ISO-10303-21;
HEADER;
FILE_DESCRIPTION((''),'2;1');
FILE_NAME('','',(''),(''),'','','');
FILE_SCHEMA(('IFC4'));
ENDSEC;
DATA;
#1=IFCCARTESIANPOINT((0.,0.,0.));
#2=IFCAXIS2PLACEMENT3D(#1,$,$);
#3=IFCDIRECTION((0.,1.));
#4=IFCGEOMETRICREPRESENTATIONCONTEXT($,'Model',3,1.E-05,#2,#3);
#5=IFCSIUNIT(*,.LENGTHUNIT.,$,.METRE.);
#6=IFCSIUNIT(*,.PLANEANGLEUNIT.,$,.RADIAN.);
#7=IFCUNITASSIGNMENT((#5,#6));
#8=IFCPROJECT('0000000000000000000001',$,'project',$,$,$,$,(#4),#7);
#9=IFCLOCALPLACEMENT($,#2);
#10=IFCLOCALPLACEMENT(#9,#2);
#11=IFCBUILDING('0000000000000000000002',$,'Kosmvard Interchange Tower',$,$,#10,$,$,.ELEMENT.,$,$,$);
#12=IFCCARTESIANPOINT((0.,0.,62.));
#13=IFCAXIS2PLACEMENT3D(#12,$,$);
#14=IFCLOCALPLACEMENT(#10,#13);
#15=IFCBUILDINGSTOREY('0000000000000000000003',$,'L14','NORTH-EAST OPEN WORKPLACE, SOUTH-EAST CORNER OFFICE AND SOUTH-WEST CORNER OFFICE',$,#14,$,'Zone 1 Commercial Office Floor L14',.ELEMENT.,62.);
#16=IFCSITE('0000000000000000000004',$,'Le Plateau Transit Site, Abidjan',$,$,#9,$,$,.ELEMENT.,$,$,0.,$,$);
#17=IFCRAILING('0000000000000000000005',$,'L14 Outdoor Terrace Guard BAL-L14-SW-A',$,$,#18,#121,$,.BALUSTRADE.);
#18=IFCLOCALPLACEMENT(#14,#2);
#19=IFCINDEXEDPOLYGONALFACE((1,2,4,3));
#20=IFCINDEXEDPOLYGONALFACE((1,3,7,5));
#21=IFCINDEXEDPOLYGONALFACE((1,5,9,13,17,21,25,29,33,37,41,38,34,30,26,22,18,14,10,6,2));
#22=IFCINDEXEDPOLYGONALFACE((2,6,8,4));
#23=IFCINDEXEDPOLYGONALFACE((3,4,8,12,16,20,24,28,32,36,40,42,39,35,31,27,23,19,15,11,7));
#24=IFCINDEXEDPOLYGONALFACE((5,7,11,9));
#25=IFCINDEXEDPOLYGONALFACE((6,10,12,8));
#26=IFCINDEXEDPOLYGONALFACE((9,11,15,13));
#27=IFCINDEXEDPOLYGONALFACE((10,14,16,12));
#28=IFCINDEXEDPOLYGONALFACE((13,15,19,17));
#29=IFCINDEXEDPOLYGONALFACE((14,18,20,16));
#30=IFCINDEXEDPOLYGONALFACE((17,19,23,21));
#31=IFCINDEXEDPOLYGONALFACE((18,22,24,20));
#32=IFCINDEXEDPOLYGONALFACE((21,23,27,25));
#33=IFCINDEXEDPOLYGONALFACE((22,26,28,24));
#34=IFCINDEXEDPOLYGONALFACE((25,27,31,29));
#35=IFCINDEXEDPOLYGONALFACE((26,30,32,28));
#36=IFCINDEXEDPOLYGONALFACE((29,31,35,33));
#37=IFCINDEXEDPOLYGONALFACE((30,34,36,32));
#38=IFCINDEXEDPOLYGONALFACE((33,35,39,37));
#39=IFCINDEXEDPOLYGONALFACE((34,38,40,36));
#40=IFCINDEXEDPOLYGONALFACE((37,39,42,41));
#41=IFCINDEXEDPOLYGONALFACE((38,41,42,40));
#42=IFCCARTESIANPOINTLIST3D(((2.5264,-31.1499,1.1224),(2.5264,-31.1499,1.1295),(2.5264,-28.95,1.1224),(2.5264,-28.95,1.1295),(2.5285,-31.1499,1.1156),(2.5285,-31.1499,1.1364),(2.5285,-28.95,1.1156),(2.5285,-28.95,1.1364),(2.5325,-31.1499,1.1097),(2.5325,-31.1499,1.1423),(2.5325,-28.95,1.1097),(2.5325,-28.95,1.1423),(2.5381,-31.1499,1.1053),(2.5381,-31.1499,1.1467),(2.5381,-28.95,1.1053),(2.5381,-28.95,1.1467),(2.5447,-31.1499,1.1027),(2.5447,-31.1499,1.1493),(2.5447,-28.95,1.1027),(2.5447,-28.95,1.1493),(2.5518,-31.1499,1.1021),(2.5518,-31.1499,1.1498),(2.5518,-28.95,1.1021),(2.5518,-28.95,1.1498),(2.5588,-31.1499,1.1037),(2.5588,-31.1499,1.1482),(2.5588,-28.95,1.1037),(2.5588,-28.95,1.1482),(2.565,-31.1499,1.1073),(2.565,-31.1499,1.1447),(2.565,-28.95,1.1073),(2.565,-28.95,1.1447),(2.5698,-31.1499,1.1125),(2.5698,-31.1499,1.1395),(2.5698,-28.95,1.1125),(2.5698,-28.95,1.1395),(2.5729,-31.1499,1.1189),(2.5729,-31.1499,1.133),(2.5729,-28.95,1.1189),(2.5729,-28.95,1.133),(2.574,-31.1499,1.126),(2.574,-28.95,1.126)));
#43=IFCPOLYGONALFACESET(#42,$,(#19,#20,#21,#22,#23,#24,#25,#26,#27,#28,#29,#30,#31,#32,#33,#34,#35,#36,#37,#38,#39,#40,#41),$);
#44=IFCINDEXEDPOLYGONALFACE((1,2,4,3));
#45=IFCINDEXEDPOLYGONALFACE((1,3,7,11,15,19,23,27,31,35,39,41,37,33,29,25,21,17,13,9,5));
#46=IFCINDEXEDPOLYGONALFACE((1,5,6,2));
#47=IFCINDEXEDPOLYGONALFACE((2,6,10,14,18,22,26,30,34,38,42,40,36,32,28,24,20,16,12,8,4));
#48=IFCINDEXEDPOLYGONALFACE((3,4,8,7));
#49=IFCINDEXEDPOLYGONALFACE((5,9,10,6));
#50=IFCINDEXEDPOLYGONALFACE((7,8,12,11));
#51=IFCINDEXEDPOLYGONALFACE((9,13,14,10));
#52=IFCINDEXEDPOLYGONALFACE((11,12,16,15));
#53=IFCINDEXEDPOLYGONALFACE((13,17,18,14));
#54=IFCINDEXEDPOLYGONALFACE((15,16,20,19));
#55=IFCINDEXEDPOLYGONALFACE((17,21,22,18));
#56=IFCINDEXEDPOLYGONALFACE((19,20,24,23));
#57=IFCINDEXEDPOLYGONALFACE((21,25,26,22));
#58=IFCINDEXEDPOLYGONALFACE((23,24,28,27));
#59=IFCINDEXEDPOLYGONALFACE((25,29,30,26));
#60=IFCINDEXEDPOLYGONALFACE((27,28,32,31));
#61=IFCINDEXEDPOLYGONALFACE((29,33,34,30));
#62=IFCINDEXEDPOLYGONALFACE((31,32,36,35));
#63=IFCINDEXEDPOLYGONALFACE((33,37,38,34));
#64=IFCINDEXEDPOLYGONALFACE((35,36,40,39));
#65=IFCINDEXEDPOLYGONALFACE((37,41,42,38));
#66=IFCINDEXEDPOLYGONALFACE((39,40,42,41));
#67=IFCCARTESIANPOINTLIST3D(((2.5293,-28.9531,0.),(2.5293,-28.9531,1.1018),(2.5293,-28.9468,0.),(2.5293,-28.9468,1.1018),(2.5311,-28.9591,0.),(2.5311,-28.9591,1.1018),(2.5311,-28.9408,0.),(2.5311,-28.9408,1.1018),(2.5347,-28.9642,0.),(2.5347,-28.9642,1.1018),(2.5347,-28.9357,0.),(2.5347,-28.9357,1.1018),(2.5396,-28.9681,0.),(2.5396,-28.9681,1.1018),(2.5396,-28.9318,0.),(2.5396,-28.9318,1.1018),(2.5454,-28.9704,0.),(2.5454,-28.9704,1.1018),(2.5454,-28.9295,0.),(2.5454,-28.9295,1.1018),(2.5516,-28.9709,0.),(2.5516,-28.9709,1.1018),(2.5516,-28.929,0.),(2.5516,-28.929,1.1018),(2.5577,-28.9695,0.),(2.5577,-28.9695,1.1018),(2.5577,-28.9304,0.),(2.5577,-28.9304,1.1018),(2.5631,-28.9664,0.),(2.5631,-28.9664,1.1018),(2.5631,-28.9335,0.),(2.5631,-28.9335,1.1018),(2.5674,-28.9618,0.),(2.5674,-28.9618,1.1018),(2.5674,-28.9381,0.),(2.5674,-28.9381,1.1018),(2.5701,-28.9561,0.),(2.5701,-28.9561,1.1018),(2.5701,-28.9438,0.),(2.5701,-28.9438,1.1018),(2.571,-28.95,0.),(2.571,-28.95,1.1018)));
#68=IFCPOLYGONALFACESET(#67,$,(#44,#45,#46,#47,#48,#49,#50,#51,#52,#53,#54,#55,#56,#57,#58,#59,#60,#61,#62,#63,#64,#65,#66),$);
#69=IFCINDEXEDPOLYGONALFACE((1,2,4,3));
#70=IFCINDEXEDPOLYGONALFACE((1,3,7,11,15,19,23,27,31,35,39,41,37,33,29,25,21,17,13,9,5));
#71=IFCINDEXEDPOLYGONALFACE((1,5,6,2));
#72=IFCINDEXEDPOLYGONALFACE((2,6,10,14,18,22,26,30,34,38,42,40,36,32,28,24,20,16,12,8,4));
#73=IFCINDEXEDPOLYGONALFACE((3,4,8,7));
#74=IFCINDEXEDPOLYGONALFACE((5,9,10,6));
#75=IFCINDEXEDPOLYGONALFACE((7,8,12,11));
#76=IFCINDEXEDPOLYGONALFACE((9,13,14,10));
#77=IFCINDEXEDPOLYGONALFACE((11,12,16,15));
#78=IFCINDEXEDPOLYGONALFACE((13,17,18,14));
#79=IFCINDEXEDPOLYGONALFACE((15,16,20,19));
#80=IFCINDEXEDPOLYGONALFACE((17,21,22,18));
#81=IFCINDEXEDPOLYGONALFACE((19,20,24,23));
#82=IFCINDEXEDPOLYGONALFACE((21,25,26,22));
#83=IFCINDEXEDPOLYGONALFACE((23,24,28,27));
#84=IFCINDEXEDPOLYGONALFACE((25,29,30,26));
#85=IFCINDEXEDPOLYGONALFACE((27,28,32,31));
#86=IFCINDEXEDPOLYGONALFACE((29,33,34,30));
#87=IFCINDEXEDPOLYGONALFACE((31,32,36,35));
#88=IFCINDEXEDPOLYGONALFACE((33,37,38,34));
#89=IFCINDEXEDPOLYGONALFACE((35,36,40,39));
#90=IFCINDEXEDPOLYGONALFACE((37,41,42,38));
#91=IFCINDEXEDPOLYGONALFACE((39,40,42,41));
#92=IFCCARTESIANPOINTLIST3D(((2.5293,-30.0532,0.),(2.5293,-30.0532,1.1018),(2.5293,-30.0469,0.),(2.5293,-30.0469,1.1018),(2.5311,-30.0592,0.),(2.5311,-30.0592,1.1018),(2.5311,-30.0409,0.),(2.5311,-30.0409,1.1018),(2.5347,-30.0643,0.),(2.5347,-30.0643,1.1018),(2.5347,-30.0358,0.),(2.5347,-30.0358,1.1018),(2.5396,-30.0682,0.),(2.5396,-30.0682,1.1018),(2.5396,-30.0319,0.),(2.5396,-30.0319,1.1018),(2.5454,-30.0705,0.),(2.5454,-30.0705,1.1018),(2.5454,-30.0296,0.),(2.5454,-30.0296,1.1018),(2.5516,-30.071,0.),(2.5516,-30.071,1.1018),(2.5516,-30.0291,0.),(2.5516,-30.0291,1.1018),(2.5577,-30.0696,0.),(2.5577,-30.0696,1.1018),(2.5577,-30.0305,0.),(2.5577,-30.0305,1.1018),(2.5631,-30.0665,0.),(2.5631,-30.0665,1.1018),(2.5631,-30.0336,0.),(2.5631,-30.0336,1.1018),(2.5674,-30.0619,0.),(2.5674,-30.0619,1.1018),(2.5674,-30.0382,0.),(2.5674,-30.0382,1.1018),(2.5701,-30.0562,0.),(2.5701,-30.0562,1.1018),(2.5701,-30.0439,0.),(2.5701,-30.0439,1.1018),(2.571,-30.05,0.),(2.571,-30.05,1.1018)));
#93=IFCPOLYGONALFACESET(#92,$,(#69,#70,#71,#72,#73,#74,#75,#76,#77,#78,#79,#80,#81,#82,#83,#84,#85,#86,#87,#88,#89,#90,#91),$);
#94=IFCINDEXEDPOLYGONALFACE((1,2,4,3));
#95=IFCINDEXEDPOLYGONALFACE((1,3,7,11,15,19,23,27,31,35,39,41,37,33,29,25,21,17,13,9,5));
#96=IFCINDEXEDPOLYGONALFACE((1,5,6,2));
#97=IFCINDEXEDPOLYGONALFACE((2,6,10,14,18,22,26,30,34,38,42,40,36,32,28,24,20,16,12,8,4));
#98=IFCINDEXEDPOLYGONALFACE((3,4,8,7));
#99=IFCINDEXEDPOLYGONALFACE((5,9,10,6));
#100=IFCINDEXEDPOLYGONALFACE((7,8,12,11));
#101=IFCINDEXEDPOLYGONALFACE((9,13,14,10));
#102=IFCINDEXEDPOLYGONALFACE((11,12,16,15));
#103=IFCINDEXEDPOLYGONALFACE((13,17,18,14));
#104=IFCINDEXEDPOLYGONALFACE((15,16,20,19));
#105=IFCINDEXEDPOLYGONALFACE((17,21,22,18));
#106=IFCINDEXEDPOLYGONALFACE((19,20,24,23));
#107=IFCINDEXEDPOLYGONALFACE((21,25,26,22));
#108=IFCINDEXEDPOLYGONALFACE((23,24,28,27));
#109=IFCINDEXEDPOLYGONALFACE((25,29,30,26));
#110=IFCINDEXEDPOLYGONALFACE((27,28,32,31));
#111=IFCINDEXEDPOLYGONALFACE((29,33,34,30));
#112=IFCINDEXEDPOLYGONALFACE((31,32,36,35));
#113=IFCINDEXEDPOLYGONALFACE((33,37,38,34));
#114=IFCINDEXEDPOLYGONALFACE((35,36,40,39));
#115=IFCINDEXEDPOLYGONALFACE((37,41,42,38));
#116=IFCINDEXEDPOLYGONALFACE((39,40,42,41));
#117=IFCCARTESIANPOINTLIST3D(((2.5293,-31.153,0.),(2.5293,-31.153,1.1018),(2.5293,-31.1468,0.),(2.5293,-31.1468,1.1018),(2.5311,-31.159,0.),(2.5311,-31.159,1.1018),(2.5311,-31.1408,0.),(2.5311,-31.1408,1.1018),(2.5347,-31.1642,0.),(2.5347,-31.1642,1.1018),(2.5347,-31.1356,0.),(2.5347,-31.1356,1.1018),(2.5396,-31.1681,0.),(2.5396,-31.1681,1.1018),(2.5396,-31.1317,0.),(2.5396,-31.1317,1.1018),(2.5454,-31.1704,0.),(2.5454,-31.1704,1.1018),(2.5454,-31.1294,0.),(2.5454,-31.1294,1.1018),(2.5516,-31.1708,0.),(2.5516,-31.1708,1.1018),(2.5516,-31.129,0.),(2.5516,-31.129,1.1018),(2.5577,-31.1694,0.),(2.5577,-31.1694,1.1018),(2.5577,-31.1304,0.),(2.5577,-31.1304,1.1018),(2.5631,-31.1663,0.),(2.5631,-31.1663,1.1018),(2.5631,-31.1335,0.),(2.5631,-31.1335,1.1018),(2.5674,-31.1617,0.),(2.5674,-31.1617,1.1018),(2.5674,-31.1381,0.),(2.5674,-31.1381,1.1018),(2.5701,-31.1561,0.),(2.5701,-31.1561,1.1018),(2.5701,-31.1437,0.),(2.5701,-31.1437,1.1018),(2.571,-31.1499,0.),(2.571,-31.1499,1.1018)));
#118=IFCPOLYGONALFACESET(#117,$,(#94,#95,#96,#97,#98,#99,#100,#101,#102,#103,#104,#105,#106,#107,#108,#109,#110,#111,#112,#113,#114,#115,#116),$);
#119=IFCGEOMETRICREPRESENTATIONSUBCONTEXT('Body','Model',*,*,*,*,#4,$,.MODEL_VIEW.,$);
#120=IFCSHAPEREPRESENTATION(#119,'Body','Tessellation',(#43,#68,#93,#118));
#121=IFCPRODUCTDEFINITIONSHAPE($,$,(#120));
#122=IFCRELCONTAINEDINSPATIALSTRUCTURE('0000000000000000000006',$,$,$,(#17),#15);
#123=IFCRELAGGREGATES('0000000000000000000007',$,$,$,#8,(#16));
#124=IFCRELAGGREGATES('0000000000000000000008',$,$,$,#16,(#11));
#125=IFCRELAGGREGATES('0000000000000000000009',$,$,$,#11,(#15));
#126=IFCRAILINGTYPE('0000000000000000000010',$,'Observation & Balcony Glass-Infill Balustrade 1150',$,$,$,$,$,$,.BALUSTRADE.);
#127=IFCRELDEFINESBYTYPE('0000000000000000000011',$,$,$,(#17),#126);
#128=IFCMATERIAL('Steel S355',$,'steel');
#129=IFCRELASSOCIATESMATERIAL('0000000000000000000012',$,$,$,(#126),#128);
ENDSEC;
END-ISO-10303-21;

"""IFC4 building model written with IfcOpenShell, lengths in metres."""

from ifc_helpers import new_model, si_unit, direction, frame, origin, origin_2d, place, context, subcontext, project, spatial, circle, extrude, source, transform, mapped, material, type_object, element, save


model = new_model("IFC4")

# Units and contexts
model_context = context("Model", 3, precision=1e-05, world=origin(), true_north=direction((0.0, 1.0)))
body_context = subcontext(model_context, "Body", "Model", "MODEL_VIEW")
ifc_project = project(units=[si_unit("LENGTHUNIT", "METRE"), si_unit("PLANEANGLEUNIT", "RADIAN")], contexts=[model_context])

# Site, building, storey
site_placement = place(None, origin())
site = spatial("IfcSite", under=ifc_project, at=site_placement, Name="Le Plateau Transit Site, Abidjan", CompositionType="ELEMENT", RefElevation=0.0)
building_placement = place(site_placement, origin())
building = spatial("IfcBuilding", under=site, at=building_placement, Name="Kosmvard Interchange Tower", CompositionType="ELEMENT")
storey_placement = place(building_placement, frame((0.0, 0.0, 62.0)))
storey = spatial("IfcBuildingStorey", under=building, at=storey_placement, Name="L14", Description="NORTH-EAST OPEN WORKPLACE, SOUTH-EAST CORNER OFFICE AND SOUTH-WEST CORNER OFFICE", LongName="Zone 1 Commercial Office Floor L14", CompositionType="ELEMENT", Elevation=62.0)

# Shared definitions
ifc_material_1 = material(Name="Steel S355", Category="steel")

# Railing
railing_type = type_object("IfcRailingType", Name="Observation & Balcony Glass-Infill Balustrade 1150", PredefinedType="BALUSTRADE", material=ifc_material_1)
shared_shape_1 = source(origin(), body_context, "Body", "SweptSolid", [
    extrude(circle(Radius=0.0239, at=origin_2d()), frame((0.0, 0.0, 1.126), z_axis=(0.0, -1.0, 0.0), x_axis=(1.0, 0.0, 0.0)), (0.0, 0.0, 1.0), 2.2),
    extrude(circle(Radius=0.021, at=origin_2d()), origin(), (0.0, 0.0, 1.0), 1.1018),
    extrude(circle(Radius=0.021, at=origin_2d()), frame((0.0, -1.1001, 0.0)), (0.0, 0.0, 1.0), 1.1018),
    extrude(circle(Radius=0.021, at=origin_2d()), frame((0.0, -2.2, 0.0)), (0.0, 0.0, 1.0), 1.1018),
])
railing_1_placement = place(storey_placement, frame((2.55, -28.95, 0.0)))
element("IfcRailing", 1, at=railing_1_placement, inside=storey, type_object=railing_type, Name="L14 Outdoor Terrace Guard BAL-L14-SW-A", PredefinedType="BALUSTRADE", context=body_context, shape_type="MappedRepresentation", body=[
    mapped(shared_shape_1, transform((0.0, 0.0, 0.0), scale=1.0)),
])

save(model, "model.ifc")
